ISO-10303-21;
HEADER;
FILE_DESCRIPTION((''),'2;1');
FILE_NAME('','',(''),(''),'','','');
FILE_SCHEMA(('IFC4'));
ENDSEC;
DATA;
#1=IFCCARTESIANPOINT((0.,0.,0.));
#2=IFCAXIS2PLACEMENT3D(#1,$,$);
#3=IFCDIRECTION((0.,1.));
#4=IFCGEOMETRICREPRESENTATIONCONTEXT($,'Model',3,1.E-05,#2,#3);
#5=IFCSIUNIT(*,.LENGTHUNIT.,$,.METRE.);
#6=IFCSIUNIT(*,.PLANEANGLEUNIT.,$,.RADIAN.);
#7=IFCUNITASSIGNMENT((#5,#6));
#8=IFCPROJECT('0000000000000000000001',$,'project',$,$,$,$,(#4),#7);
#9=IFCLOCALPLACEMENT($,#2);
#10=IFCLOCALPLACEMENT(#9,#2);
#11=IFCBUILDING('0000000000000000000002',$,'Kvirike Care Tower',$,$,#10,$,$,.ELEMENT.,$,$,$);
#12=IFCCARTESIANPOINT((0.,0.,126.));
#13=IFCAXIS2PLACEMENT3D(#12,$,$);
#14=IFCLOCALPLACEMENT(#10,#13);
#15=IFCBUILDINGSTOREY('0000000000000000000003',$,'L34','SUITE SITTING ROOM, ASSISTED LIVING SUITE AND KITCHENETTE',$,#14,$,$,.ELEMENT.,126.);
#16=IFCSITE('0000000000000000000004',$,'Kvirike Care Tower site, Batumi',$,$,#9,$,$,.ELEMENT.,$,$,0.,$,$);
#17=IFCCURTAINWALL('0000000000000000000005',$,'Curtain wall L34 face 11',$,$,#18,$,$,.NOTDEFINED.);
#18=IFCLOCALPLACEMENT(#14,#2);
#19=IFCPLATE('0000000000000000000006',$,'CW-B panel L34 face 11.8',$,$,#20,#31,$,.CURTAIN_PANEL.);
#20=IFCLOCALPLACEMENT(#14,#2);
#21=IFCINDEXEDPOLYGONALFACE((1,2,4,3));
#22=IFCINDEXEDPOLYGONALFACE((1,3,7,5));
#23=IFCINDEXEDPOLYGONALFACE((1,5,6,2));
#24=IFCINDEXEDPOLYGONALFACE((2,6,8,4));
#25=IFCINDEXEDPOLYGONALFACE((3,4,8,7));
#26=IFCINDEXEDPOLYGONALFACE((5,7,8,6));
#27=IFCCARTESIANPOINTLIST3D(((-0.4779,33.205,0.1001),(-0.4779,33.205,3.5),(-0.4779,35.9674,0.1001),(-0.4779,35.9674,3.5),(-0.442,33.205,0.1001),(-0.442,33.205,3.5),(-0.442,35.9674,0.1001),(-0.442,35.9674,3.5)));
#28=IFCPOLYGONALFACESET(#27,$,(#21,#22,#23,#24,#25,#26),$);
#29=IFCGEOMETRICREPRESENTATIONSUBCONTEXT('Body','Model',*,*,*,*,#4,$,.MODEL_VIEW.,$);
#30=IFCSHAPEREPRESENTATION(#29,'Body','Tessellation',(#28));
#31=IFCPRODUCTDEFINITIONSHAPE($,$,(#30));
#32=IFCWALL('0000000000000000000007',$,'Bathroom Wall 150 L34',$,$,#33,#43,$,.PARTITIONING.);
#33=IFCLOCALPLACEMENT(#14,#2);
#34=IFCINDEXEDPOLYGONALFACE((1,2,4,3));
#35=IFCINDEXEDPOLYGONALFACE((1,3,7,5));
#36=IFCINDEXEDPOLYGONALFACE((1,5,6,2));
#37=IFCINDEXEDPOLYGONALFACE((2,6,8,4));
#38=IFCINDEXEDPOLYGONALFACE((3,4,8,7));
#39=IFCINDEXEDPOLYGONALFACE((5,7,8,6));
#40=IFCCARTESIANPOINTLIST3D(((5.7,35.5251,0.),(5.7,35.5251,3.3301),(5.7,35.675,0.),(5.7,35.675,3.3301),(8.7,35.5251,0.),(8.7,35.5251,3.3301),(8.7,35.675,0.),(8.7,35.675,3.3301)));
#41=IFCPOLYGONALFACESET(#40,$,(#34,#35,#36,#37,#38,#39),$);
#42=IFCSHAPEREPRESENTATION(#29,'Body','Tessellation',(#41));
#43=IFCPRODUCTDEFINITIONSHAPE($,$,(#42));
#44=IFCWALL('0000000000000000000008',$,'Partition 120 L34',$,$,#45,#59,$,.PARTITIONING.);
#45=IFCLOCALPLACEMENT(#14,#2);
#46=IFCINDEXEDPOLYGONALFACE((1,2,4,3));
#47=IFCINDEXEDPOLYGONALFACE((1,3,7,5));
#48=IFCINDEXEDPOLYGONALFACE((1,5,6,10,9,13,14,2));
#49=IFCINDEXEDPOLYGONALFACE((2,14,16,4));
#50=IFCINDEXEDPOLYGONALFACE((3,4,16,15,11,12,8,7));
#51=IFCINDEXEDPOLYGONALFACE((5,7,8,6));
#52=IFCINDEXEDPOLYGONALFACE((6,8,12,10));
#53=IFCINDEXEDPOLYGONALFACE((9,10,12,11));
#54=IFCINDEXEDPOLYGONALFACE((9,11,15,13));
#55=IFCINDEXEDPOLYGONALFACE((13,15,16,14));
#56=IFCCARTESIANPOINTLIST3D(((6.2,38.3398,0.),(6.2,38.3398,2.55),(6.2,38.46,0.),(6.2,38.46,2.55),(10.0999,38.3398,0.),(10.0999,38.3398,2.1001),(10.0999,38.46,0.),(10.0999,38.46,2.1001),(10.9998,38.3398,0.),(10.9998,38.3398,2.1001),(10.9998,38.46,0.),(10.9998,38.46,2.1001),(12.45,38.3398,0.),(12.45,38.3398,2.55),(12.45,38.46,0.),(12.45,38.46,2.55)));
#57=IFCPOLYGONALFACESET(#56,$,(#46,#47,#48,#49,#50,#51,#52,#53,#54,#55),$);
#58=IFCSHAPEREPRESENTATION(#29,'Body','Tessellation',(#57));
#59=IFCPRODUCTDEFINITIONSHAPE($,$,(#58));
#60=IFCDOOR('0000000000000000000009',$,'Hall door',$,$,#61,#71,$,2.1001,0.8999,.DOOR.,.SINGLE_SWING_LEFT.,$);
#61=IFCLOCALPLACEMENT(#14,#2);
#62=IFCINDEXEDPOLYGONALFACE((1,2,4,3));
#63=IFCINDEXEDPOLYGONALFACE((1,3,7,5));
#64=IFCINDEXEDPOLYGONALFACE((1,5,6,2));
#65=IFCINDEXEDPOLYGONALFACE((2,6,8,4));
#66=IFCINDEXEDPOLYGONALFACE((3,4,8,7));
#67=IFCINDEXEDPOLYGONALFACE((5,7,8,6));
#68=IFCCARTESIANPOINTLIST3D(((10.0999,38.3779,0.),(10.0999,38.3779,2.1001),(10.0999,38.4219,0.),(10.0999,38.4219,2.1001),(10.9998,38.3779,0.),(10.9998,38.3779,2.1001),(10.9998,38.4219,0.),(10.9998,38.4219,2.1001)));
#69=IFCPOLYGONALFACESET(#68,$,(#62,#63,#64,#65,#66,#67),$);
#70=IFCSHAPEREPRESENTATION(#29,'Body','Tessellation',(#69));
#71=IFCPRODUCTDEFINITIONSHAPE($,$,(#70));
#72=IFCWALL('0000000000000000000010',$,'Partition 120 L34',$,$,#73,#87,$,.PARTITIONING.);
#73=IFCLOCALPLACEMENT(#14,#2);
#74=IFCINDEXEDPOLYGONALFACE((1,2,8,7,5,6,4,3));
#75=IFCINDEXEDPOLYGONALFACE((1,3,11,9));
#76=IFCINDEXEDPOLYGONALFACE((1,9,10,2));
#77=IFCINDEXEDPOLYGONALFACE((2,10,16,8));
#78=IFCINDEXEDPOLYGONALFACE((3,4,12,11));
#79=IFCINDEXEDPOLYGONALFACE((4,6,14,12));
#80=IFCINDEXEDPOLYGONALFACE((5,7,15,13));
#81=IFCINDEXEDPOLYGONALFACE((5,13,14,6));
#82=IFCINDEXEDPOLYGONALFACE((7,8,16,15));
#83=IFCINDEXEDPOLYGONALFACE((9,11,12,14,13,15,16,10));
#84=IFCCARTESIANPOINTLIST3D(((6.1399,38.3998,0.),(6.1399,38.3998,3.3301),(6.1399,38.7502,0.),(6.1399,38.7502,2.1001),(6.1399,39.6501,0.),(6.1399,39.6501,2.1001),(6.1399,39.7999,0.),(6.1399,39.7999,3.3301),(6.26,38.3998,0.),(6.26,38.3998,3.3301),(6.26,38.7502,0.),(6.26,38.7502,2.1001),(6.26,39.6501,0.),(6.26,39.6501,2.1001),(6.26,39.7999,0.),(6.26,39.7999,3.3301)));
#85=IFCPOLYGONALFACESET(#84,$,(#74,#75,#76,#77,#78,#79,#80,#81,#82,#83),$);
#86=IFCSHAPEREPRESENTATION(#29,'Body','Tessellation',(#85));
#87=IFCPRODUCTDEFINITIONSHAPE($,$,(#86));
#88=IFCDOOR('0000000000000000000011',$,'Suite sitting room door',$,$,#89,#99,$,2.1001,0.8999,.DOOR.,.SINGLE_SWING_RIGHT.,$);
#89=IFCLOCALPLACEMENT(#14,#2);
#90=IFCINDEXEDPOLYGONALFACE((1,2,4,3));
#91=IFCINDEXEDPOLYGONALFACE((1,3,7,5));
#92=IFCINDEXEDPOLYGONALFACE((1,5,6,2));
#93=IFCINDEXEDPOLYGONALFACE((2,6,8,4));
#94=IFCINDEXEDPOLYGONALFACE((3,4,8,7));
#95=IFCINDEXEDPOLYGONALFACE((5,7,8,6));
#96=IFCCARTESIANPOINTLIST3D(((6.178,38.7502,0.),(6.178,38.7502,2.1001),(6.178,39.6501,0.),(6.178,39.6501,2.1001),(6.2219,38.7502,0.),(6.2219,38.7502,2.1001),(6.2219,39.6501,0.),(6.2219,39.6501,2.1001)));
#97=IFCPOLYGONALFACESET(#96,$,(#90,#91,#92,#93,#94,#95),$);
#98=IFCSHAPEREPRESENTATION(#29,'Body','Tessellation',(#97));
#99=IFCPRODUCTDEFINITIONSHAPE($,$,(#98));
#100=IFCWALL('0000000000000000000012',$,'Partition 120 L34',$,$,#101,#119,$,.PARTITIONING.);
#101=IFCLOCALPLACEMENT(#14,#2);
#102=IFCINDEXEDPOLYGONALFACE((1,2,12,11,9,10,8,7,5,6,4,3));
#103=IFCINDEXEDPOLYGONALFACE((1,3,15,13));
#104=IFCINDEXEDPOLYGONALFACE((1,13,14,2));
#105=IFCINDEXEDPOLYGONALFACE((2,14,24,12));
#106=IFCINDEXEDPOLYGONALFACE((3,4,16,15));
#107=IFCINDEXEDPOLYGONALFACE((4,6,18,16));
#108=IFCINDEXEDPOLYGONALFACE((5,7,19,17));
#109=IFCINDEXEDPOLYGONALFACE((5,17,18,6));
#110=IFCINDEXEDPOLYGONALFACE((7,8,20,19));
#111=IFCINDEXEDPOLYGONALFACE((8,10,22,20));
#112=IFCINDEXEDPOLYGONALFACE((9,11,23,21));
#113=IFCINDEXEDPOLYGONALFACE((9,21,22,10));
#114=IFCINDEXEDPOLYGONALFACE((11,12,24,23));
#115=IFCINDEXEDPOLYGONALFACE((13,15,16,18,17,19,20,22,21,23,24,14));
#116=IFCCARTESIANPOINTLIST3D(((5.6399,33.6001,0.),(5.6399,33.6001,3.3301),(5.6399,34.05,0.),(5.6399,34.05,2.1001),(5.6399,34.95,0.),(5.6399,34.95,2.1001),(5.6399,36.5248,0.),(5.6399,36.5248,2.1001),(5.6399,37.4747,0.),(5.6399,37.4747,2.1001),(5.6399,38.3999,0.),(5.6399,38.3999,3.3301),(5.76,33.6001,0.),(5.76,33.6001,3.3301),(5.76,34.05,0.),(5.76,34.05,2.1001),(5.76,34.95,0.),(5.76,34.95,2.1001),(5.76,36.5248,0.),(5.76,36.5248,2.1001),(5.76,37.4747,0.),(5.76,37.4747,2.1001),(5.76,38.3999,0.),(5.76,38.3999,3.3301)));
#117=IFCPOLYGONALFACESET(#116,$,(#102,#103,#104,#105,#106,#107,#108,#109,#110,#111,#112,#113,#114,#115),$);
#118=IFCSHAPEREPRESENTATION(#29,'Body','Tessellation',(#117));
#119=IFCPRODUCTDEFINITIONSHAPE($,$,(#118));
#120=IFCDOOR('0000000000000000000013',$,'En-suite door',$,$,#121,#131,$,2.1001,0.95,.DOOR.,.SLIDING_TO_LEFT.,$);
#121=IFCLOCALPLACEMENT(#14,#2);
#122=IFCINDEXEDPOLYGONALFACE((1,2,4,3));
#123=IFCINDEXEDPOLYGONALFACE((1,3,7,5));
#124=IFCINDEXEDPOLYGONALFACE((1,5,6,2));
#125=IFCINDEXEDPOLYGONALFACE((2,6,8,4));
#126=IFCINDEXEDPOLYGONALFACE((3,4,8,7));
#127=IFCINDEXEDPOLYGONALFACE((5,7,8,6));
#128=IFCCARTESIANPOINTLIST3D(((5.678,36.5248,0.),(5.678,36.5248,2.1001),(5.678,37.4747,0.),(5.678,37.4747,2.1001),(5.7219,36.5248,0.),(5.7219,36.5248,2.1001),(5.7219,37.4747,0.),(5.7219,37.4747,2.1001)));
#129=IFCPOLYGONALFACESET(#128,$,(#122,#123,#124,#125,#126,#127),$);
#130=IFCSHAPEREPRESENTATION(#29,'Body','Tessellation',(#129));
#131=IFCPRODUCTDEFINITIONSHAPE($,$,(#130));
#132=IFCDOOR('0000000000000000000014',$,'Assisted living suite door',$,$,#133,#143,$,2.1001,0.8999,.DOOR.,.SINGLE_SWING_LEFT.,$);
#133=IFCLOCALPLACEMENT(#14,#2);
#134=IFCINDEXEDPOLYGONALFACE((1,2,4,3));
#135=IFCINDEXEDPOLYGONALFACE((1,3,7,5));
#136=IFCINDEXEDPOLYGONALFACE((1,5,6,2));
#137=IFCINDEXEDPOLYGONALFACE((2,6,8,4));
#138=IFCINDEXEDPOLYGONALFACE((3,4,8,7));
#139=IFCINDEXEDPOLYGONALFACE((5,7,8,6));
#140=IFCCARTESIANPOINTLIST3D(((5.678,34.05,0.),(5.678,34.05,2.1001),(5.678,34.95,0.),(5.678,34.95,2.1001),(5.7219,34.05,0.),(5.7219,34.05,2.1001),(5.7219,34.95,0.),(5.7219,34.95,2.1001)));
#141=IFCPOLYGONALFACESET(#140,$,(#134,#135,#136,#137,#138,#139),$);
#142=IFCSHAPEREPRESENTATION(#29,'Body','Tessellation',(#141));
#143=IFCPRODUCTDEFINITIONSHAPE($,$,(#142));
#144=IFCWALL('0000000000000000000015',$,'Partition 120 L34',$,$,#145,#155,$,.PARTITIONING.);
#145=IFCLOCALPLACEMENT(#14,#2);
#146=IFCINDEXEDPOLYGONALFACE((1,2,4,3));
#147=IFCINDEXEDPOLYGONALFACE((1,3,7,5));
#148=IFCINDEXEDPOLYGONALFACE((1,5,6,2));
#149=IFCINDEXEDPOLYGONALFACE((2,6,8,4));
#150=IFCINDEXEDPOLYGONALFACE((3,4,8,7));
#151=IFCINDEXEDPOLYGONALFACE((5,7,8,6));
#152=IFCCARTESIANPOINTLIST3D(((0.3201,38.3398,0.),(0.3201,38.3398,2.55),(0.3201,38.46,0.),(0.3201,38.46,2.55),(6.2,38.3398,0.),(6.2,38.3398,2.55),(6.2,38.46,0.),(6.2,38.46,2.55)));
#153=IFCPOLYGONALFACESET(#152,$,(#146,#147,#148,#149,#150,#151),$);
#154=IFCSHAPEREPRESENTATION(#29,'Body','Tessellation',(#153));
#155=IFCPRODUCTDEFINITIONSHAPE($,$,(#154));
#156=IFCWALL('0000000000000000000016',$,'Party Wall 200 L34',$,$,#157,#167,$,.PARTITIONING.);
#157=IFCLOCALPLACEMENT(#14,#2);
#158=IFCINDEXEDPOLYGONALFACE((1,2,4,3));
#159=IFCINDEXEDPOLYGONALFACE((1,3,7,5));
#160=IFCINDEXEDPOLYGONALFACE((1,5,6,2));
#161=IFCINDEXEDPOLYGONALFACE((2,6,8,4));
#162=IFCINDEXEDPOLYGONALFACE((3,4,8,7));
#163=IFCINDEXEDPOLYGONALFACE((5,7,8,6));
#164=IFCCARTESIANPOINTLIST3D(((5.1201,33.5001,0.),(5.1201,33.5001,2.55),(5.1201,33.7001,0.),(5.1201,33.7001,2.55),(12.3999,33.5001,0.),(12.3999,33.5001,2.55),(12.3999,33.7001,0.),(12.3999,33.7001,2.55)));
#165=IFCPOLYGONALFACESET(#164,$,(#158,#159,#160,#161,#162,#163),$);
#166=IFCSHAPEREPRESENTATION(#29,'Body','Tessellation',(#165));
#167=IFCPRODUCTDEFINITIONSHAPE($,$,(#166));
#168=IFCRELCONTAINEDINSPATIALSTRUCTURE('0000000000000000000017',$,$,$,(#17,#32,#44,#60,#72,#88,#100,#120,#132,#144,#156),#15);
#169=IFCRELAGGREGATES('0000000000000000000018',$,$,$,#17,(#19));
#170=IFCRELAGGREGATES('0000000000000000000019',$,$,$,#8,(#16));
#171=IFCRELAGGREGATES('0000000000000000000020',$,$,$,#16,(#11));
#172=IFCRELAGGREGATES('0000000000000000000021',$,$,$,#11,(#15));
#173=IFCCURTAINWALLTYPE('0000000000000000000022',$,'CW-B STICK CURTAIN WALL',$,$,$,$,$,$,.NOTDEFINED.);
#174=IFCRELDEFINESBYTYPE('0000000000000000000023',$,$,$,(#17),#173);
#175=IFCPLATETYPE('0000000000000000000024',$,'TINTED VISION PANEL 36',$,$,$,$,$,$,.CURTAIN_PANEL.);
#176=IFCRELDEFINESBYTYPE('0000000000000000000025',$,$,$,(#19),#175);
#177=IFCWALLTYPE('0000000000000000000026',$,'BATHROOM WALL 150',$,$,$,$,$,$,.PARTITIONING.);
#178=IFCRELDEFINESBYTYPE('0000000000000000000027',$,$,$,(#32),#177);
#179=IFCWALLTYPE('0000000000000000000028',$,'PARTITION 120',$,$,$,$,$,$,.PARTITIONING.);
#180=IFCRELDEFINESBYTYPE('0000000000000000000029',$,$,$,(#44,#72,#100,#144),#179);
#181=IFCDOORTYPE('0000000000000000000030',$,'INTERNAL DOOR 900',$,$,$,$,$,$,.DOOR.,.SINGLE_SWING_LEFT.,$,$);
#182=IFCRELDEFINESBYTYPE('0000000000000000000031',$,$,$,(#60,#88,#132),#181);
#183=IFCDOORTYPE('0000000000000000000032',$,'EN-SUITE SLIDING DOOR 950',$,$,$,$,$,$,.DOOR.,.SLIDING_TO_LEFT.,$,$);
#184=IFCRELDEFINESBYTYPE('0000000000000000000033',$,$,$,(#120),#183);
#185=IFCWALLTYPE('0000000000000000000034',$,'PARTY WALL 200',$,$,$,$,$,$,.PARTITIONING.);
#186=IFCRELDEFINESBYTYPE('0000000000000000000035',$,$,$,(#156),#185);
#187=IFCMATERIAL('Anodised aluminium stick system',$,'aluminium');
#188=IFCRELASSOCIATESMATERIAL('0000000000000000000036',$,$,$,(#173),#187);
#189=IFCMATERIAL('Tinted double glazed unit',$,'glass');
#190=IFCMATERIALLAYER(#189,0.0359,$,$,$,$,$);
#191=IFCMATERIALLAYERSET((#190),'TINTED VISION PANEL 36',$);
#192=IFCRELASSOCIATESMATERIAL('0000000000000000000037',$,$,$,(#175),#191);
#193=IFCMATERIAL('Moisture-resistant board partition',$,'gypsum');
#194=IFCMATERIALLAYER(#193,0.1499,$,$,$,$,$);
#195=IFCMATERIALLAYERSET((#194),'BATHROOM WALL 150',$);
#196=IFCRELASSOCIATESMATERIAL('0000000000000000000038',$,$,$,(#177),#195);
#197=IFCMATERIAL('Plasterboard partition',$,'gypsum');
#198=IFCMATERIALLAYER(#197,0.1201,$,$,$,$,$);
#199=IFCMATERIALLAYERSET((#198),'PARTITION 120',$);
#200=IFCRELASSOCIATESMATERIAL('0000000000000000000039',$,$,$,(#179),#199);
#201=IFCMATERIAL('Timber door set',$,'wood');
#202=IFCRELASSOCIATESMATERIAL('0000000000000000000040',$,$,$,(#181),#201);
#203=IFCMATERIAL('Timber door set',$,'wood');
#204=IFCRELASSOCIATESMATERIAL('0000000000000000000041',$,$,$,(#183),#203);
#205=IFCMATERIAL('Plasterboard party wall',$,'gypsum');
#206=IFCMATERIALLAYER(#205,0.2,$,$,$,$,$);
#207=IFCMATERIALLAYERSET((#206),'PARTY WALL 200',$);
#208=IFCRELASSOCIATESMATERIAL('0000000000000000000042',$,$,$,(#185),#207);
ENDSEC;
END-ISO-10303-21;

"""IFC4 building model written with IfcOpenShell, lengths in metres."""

from ifc_helpers import new_model, si_unit, direction, frame, frame_2d, origin, origin_2d, place, context, subcontext, project, spatial, rectangle, extrude, material, layer, layer_set, type_object, element, fill, aggregate, save


model = new_model("IFC4")

# Units and contexts
model_context = context("Model", 3, precision=1e-05, world=origin(), true_north=direction((0.0, 1.0)))
body_context = subcontext(model_context, "Body", "Model", "MODEL_VIEW")
ifc_project = project(units=[si_unit("LENGTHUNIT", "METRE"), si_unit("PLANEANGLEUNIT", "RADIAN")], contexts=[model_context])

# Site, building, storey
site_placement = place(None, origin())
site = spatial("IfcSite", under=ifc_project, at=site_placement, Name="Kvirike Care Tower site, Batumi", CompositionType="ELEMENT", RefElevation=0.0)
building_placement = place(site_placement, origin())
building = spatial("IfcBuilding", under=site, at=building_placement, Name="Kvirike Care Tower", CompositionType="ELEMENT")
storey_placement = place(building_placement, frame((0.0, 0.0, 126.0)))
storey = spatial("IfcBuildingStorey", under=building, at=storey_placement, Name="L34", Description="SUITE SITTING ROOM, ASSISTED LIVING SUITE AND KITCHENETTE", CompositionType="ELEMENT", Elevation=126.0)

# Curtain wall
ifc_material_1 = material(Name="Anodised aluminium stick system", Category="aluminium")
curtain_wall_type = type_object("IfcCurtainWallType", Name="CW-B STICK CURTAIN WALL", PredefinedType="NOTDEFINED", material=ifc_material_1)
curtain_wall_placement = place(storey_placement, origin())
curtain_wall = element("IfcCurtainWall", 1, at=curtain_wall_placement, inside=storey, type_object=curtain_wall_type, Name="Curtain wall L34 face 11", PredefinedType="NOTDEFINED")

# Plate
ifc_material_2 = material(Name="Tinted double glazed unit", Category="glass")
ifc_layer_1 = layer(ifc_material_2, 0.0359)
ifc_layer_set_1 = layer_set([ifc_layer_1], Name="TINTED VISION PANEL 36")
plate_type = type_object("IfcPlateType", Name="TINTED VISION PANEL 36", PredefinedType="CURTAIN_PANEL", material=ifc_layer_set_1)
plate_1_placement = place(storey_placement, frame((-0.46, 34.5862, 0.1001), z_axis=(0.0, 0.0, 1.0), x_axis=(0.0, -1.0, 0.0)))
plate_1 = element("IfcPlate", 2, at=plate_1_placement, type_object=plate_type, Name="CW-B panel L34 face 11.8", PredefinedType="CURTAIN_PANEL", context=body_context, shape_type="SweptSolid", body=[
    extrude(rectangle(XDim=2.7625, YDim=0.0359, at=origin_2d()), origin(), (0.0, 0.0, 1.0), 3.3999),
])
aggregate(curtain_wall, [plate_1])

# Wall
ifc_material_3 = material(Name="Moisture-resistant board partition", Category="gypsum")
ifc_layer_2 = layer(ifc_material_3, 0.1499)
ifc_layer_set_2 = layer_set([ifc_layer_2], Name="BATHROOM WALL 150")
wall_type_1 = type_object("IfcWallType", Name="BATHROOM WALL 150", PredefinedType="PARTITIONING", material=ifc_layer_set_2)
wall_1_placement = place(storey_placement, frame((5.7, 35.6001, 0.0), z_axis=(0.0, 0.0, 1.0), x_axis=(1.0, 0.0, 0.0)))
element("IfcWall", 3, at=wall_1_placement, inside=storey, type_object=wall_type_1, Name="Bathroom Wall 150 L34", PredefinedType="PARTITIONING", context=body_context, shape_type="SweptSolid", body=[
    extrude(rectangle(XDim=3.0, YDim=0.1499, at=frame_2d((1.5, 0.0))), origin(), (0.0, 0.0, 1.0), 3.3301),
])

# Walls, openings, doors
ifc_material_4 = material(Name="Plasterboard partition", Category="gypsum")
ifc_layer_3 = layer(ifc_material_4, 0.1201)
ifc_layer_set_3 = layer_set([ifc_layer_3], Name="PARTITION 120")
wall_type_2 = type_object("IfcWallType", Name="PARTITION 120", PredefinedType="PARTITIONING", material=ifc_layer_set_3)
wall_2_placement = place(storey_placement, frame((6.2, 38.3999, 0.0), z_axis=(0.0, 0.0, 1.0), x_axis=(1.0, 0.0, 0.0)))
wall_2 = element("IfcWall", 4, at=wall_2_placement, inside=storey, type_object=wall_type_2, Name="Partition 120 L34", PredefinedType="PARTITIONING", context=body_context, shape_type="SweptSolid", body=[
    extrude(rectangle(XDim=6.25, YDim=0.1201, at=frame_2d((3.125, 0.0))), origin(), (0.0, 0.0, 1.0), 2.55),
])
opening_1_placement = place(wall_2_placement, frame((3.8999, 0.0, 0.0)))
opening_1 = element("IfcOpeningElement", 5, at=opening_1_placement, cuts=wall_2, PredefinedType="OPENING", context=body_context, shape_type="SweptSolid", body=[
    extrude(rectangle(XDim=0.8999, YDim=2.1001, at=frame_2d((0.45, 1.05))), frame((0.0, 0.0706, 0.0), z_axis=(0.0, -1.0, 0.0), x_axis=(1.0, 0.0, 0.0)), (0.0, 0.0, 1.0), 0.1411),
])
ifc_material_5 = material(Name="Timber door set", Category="wood")
door_type_1 = type_object("IfcDoorType", Name="INTERNAL DOOR 900", OperationType="SINGLE_SWING_LEFT", PredefinedType="DOOR", material=ifc_material_5)
door_1_placement = place(opening_1_placement, origin())
door_1 = element("IfcDoor", 6, at=door_1_placement, inside=storey, type_object=door_type_1, Name="Hall door", OperationType="SINGLE_SWING_LEFT", OverallHeight=2.1001, OverallWidth=0.8999, PredefinedType="DOOR", context=body_context, shape_type="SweptSolid", body=[
    extrude(rectangle(XDim=0.8999, YDim=2.1001, at=frame_2d((0.45, 1.05))), frame((0.0, 0.022, 0.0), z_axis=(0.0, -1.0, 0.0), x_axis=(1.0, 0.0, 0.0)), (0.0, 0.0, 1.0), 0.0439),
])
fill(opening_1, door_1)
wall_3_placement = place(storey_placement, frame((6.2, 39.8, 0.0), z_axis=(0.0, 0.0, 1.0), x_axis=(0.0, -1.0, 0.0)))
wall_3 = element("IfcWall", 7, at=wall_3_placement, inside=storey, type_object=wall_type_2, Name="Partition 120 L34", PredefinedType="PARTITIONING", context=body_context, shape_type="SweptSolid", body=[
    extrude(rectangle(XDim=1.4001, YDim=0.1201, at=frame_2d((0.7002, 0.0))), origin(), (0.0, 0.0, 1.0), 3.3301),
])
opening_2_placement = place(wall_3_placement, frame((0.1499, 0.0, 0.0)))
opening_2 = element("IfcOpeningElement", 8, at=opening_2_placement, cuts=wall_3, PredefinedType="OPENING", context=body_context, shape_type="SweptSolid", body=[
    extrude(rectangle(XDim=0.8999, YDim=2.1001, at=frame_2d((0.45, 1.05))), frame((0.0, 0.0706, 0.0), z_axis=(0.0, -1.0, 0.0), x_axis=(1.0, 0.0, 0.0)), (0.0, 0.0, 1.0), 0.1411),
])
door_2_placement = place(opening_2_placement, origin())
door_2 = element("IfcDoor", 9, at=door_2_placement, inside=storey, type_object=door_type_1, Name="Suite sitting room door", OperationType="SINGLE_SWING_RIGHT", OverallHeight=2.1001, OverallWidth=0.8999, PredefinedType="DOOR", context=body_context, shape_type="SweptSolid", body=[
    extrude(rectangle(XDim=0.8999, YDim=2.1001, at=frame_2d((0.45, 1.05))), frame((0.0, 0.022, 0.0), z_axis=(0.0, -1.0, 0.0), x_axis=(1.0, 0.0, 0.0)), (0.0, 0.0, 1.0), 0.0439),
])
fill(opening_2, door_2)

# Wall, openings, doors
wall_4_placement = place(storey_placement, frame((5.7, 38.3999, 0.0), z_axis=(0.0, 0.0, 1.0), x_axis=(0.0, -1.0, 0.0)))
wall_4 = element("IfcWall", 10, at=wall_4_placement, inside=storey, type_object=wall_type_2, Name="Partition 120 L34", PredefinedType="PARTITIONING", context=body_context, shape_type="SweptSolid", body=[
    extrude(rectangle(XDim=4.7998, YDim=0.1201, at=frame_2d((2.3999, 0.0))), origin(), (0.0, 0.0, 1.0), 3.3301),
])
opening_3_placement = place(wall_4_placement, frame((3.45, 0.0, 0.0)))
opening_3 = element("IfcOpeningElement", 11, at=opening_3_placement, cuts=wall_4, PredefinedType="OPENING", context=body_context, shape_type="SweptSolid", body=[
    extrude(rectangle(XDim=0.8999, YDim=2.1001, at=frame_2d((0.45, 1.05))), frame((0.0, 0.0706, 0.0), z_axis=(0.0, -1.0, 0.0), x_axis=(1.0, 0.0, 0.0)), (0.0, 0.0, 1.0), 0.1411),
])
opening_4_placement = place(wall_4_placement, frame((0.925, 0.0, 0.0)))
opening_4 = element("IfcOpeningElement", 12, at=opening_4_placement, cuts=wall_4, PredefinedType="OPENING", context=body_context, shape_type="SweptSolid", body=[
    extrude(rectangle(XDim=0.95, YDim=2.1001, at=frame_2d((0.4751, 1.05))), frame((0.0, 0.0706, 0.0), z_axis=(0.0, -1.0, 0.0), x_axis=(1.0, 0.0, 0.0)), (0.0, 0.0, 1.0), 0.1411),
])
ifc_material_6 = material(Name="Timber door set", Category="wood")
door_type_2 = type_object("IfcDoorType", Name="EN-SUITE SLIDING DOOR 950", OperationType="SLIDING_TO_LEFT", PredefinedType="DOOR", material=ifc_material_6)
door_3_placement = place(opening_4_placement, origin())
door_3 = element("IfcDoor", 13, at=door_3_placement, inside=storey, type_object=door_type_2, Name="En-suite door", OperationType="SLIDING_TO_LEFT", OverallHeight=2.1001, OverallWidth=0.95, PredefinedType="DOOR", context=body_context, shape_type="SweptSolid", body=[
    extrude(rectangle(XDim=0.95, YDim=2.1001, at=frame_2d((0.4751, 1.05))), frame((0.0, 0.022, 0.0), z_axis=(0.0, -1.0, 0.0), x_axis=(1.0, 0.0, 0.0)), (0.0, 0.0, 1.0), 0.0439),
])
fill(opening_4, door_3)
door_4_placement = place(opening_3_placement, origin())
door_4 = element("IfcDoor", 14, at=door_4_placement, inside=storey, type_object=door_type_1, Name="Assisted living suite door", OperationType="SINGLE_SWING_LEFT", OverallHeight=2.1001, OverallWidth=0.8999, PredefinedType="DOOR", context=body_context, shape_type="SweptSolid", body=[
    extrude(rectangle(XDim=0.8999, YDim=2.1001, at=frame_2d((0.45, 1.05))), frame((0.0, 0.022, 0.0), z_axis=(0.0, -1.0, 0.0), x_axis=(1.0, 0.0, 0.0)), (0.0, 0.0, 1.0), 0.0439),
])
fill(opening_3, door_4)

# Walls
wall_5_placement = place(storey_placement, frame((0.3201, 38.3999, 0.0), z_axis=(0.0, 0.0, 1.0), x_axis=(1.0, 0.0, 0.0)))
element("IfcWall", 15, at=wall_5_placement, inside=storey, type_object=wall_type_2, Name="Partition 120 L34", PredefinedType="PARTITIONING", context=body_context, shape_type="SweptSolid", body=[
    extrude(rectangle(XDim=5.8799, YDim=0.1201, at=frame_2d((2.9399, 0.0))), origin(), (0.0, 0.0, 1.0), 2.55),
])
ifc_material_7 = material(Name="Plasterboard party wall", Category="gypsum")
ifc_layer_4 = layer(ifc_material_7, 0.2)
ifc_layer_set_4 = layer_set([ifc_layer_4], Name="PARTY WALL 200")
wall_type_3 = type_object("IfcWallType", Name="PARTY WALL 200", PredefinedType="PARTITIONING", material=ifc_layer_set_4)
wall_6_placement = place(storey_placement, frame((5.1201, 33.6001, 0.0), z_axis=(0.0, 0.0, 1.0), x_axis=(1.0, 0.0, 0.0)))
element("IfcWall", 16, at=wall_6_placement, inside=storey, type_object=wall_type_3, Name="Party Wall 200 L34", PredefinedType="PARTITIONING", context=body_context, shape_type="SweptSolid", body=[
    extrude(rectangle(XDim=7.2798, YDim=0.2, at=frame_2d((3.6399, 0.0))), origin(), (0.0, 0.0, 1.0), 2.55),
])

save(model, "model.ifc")
